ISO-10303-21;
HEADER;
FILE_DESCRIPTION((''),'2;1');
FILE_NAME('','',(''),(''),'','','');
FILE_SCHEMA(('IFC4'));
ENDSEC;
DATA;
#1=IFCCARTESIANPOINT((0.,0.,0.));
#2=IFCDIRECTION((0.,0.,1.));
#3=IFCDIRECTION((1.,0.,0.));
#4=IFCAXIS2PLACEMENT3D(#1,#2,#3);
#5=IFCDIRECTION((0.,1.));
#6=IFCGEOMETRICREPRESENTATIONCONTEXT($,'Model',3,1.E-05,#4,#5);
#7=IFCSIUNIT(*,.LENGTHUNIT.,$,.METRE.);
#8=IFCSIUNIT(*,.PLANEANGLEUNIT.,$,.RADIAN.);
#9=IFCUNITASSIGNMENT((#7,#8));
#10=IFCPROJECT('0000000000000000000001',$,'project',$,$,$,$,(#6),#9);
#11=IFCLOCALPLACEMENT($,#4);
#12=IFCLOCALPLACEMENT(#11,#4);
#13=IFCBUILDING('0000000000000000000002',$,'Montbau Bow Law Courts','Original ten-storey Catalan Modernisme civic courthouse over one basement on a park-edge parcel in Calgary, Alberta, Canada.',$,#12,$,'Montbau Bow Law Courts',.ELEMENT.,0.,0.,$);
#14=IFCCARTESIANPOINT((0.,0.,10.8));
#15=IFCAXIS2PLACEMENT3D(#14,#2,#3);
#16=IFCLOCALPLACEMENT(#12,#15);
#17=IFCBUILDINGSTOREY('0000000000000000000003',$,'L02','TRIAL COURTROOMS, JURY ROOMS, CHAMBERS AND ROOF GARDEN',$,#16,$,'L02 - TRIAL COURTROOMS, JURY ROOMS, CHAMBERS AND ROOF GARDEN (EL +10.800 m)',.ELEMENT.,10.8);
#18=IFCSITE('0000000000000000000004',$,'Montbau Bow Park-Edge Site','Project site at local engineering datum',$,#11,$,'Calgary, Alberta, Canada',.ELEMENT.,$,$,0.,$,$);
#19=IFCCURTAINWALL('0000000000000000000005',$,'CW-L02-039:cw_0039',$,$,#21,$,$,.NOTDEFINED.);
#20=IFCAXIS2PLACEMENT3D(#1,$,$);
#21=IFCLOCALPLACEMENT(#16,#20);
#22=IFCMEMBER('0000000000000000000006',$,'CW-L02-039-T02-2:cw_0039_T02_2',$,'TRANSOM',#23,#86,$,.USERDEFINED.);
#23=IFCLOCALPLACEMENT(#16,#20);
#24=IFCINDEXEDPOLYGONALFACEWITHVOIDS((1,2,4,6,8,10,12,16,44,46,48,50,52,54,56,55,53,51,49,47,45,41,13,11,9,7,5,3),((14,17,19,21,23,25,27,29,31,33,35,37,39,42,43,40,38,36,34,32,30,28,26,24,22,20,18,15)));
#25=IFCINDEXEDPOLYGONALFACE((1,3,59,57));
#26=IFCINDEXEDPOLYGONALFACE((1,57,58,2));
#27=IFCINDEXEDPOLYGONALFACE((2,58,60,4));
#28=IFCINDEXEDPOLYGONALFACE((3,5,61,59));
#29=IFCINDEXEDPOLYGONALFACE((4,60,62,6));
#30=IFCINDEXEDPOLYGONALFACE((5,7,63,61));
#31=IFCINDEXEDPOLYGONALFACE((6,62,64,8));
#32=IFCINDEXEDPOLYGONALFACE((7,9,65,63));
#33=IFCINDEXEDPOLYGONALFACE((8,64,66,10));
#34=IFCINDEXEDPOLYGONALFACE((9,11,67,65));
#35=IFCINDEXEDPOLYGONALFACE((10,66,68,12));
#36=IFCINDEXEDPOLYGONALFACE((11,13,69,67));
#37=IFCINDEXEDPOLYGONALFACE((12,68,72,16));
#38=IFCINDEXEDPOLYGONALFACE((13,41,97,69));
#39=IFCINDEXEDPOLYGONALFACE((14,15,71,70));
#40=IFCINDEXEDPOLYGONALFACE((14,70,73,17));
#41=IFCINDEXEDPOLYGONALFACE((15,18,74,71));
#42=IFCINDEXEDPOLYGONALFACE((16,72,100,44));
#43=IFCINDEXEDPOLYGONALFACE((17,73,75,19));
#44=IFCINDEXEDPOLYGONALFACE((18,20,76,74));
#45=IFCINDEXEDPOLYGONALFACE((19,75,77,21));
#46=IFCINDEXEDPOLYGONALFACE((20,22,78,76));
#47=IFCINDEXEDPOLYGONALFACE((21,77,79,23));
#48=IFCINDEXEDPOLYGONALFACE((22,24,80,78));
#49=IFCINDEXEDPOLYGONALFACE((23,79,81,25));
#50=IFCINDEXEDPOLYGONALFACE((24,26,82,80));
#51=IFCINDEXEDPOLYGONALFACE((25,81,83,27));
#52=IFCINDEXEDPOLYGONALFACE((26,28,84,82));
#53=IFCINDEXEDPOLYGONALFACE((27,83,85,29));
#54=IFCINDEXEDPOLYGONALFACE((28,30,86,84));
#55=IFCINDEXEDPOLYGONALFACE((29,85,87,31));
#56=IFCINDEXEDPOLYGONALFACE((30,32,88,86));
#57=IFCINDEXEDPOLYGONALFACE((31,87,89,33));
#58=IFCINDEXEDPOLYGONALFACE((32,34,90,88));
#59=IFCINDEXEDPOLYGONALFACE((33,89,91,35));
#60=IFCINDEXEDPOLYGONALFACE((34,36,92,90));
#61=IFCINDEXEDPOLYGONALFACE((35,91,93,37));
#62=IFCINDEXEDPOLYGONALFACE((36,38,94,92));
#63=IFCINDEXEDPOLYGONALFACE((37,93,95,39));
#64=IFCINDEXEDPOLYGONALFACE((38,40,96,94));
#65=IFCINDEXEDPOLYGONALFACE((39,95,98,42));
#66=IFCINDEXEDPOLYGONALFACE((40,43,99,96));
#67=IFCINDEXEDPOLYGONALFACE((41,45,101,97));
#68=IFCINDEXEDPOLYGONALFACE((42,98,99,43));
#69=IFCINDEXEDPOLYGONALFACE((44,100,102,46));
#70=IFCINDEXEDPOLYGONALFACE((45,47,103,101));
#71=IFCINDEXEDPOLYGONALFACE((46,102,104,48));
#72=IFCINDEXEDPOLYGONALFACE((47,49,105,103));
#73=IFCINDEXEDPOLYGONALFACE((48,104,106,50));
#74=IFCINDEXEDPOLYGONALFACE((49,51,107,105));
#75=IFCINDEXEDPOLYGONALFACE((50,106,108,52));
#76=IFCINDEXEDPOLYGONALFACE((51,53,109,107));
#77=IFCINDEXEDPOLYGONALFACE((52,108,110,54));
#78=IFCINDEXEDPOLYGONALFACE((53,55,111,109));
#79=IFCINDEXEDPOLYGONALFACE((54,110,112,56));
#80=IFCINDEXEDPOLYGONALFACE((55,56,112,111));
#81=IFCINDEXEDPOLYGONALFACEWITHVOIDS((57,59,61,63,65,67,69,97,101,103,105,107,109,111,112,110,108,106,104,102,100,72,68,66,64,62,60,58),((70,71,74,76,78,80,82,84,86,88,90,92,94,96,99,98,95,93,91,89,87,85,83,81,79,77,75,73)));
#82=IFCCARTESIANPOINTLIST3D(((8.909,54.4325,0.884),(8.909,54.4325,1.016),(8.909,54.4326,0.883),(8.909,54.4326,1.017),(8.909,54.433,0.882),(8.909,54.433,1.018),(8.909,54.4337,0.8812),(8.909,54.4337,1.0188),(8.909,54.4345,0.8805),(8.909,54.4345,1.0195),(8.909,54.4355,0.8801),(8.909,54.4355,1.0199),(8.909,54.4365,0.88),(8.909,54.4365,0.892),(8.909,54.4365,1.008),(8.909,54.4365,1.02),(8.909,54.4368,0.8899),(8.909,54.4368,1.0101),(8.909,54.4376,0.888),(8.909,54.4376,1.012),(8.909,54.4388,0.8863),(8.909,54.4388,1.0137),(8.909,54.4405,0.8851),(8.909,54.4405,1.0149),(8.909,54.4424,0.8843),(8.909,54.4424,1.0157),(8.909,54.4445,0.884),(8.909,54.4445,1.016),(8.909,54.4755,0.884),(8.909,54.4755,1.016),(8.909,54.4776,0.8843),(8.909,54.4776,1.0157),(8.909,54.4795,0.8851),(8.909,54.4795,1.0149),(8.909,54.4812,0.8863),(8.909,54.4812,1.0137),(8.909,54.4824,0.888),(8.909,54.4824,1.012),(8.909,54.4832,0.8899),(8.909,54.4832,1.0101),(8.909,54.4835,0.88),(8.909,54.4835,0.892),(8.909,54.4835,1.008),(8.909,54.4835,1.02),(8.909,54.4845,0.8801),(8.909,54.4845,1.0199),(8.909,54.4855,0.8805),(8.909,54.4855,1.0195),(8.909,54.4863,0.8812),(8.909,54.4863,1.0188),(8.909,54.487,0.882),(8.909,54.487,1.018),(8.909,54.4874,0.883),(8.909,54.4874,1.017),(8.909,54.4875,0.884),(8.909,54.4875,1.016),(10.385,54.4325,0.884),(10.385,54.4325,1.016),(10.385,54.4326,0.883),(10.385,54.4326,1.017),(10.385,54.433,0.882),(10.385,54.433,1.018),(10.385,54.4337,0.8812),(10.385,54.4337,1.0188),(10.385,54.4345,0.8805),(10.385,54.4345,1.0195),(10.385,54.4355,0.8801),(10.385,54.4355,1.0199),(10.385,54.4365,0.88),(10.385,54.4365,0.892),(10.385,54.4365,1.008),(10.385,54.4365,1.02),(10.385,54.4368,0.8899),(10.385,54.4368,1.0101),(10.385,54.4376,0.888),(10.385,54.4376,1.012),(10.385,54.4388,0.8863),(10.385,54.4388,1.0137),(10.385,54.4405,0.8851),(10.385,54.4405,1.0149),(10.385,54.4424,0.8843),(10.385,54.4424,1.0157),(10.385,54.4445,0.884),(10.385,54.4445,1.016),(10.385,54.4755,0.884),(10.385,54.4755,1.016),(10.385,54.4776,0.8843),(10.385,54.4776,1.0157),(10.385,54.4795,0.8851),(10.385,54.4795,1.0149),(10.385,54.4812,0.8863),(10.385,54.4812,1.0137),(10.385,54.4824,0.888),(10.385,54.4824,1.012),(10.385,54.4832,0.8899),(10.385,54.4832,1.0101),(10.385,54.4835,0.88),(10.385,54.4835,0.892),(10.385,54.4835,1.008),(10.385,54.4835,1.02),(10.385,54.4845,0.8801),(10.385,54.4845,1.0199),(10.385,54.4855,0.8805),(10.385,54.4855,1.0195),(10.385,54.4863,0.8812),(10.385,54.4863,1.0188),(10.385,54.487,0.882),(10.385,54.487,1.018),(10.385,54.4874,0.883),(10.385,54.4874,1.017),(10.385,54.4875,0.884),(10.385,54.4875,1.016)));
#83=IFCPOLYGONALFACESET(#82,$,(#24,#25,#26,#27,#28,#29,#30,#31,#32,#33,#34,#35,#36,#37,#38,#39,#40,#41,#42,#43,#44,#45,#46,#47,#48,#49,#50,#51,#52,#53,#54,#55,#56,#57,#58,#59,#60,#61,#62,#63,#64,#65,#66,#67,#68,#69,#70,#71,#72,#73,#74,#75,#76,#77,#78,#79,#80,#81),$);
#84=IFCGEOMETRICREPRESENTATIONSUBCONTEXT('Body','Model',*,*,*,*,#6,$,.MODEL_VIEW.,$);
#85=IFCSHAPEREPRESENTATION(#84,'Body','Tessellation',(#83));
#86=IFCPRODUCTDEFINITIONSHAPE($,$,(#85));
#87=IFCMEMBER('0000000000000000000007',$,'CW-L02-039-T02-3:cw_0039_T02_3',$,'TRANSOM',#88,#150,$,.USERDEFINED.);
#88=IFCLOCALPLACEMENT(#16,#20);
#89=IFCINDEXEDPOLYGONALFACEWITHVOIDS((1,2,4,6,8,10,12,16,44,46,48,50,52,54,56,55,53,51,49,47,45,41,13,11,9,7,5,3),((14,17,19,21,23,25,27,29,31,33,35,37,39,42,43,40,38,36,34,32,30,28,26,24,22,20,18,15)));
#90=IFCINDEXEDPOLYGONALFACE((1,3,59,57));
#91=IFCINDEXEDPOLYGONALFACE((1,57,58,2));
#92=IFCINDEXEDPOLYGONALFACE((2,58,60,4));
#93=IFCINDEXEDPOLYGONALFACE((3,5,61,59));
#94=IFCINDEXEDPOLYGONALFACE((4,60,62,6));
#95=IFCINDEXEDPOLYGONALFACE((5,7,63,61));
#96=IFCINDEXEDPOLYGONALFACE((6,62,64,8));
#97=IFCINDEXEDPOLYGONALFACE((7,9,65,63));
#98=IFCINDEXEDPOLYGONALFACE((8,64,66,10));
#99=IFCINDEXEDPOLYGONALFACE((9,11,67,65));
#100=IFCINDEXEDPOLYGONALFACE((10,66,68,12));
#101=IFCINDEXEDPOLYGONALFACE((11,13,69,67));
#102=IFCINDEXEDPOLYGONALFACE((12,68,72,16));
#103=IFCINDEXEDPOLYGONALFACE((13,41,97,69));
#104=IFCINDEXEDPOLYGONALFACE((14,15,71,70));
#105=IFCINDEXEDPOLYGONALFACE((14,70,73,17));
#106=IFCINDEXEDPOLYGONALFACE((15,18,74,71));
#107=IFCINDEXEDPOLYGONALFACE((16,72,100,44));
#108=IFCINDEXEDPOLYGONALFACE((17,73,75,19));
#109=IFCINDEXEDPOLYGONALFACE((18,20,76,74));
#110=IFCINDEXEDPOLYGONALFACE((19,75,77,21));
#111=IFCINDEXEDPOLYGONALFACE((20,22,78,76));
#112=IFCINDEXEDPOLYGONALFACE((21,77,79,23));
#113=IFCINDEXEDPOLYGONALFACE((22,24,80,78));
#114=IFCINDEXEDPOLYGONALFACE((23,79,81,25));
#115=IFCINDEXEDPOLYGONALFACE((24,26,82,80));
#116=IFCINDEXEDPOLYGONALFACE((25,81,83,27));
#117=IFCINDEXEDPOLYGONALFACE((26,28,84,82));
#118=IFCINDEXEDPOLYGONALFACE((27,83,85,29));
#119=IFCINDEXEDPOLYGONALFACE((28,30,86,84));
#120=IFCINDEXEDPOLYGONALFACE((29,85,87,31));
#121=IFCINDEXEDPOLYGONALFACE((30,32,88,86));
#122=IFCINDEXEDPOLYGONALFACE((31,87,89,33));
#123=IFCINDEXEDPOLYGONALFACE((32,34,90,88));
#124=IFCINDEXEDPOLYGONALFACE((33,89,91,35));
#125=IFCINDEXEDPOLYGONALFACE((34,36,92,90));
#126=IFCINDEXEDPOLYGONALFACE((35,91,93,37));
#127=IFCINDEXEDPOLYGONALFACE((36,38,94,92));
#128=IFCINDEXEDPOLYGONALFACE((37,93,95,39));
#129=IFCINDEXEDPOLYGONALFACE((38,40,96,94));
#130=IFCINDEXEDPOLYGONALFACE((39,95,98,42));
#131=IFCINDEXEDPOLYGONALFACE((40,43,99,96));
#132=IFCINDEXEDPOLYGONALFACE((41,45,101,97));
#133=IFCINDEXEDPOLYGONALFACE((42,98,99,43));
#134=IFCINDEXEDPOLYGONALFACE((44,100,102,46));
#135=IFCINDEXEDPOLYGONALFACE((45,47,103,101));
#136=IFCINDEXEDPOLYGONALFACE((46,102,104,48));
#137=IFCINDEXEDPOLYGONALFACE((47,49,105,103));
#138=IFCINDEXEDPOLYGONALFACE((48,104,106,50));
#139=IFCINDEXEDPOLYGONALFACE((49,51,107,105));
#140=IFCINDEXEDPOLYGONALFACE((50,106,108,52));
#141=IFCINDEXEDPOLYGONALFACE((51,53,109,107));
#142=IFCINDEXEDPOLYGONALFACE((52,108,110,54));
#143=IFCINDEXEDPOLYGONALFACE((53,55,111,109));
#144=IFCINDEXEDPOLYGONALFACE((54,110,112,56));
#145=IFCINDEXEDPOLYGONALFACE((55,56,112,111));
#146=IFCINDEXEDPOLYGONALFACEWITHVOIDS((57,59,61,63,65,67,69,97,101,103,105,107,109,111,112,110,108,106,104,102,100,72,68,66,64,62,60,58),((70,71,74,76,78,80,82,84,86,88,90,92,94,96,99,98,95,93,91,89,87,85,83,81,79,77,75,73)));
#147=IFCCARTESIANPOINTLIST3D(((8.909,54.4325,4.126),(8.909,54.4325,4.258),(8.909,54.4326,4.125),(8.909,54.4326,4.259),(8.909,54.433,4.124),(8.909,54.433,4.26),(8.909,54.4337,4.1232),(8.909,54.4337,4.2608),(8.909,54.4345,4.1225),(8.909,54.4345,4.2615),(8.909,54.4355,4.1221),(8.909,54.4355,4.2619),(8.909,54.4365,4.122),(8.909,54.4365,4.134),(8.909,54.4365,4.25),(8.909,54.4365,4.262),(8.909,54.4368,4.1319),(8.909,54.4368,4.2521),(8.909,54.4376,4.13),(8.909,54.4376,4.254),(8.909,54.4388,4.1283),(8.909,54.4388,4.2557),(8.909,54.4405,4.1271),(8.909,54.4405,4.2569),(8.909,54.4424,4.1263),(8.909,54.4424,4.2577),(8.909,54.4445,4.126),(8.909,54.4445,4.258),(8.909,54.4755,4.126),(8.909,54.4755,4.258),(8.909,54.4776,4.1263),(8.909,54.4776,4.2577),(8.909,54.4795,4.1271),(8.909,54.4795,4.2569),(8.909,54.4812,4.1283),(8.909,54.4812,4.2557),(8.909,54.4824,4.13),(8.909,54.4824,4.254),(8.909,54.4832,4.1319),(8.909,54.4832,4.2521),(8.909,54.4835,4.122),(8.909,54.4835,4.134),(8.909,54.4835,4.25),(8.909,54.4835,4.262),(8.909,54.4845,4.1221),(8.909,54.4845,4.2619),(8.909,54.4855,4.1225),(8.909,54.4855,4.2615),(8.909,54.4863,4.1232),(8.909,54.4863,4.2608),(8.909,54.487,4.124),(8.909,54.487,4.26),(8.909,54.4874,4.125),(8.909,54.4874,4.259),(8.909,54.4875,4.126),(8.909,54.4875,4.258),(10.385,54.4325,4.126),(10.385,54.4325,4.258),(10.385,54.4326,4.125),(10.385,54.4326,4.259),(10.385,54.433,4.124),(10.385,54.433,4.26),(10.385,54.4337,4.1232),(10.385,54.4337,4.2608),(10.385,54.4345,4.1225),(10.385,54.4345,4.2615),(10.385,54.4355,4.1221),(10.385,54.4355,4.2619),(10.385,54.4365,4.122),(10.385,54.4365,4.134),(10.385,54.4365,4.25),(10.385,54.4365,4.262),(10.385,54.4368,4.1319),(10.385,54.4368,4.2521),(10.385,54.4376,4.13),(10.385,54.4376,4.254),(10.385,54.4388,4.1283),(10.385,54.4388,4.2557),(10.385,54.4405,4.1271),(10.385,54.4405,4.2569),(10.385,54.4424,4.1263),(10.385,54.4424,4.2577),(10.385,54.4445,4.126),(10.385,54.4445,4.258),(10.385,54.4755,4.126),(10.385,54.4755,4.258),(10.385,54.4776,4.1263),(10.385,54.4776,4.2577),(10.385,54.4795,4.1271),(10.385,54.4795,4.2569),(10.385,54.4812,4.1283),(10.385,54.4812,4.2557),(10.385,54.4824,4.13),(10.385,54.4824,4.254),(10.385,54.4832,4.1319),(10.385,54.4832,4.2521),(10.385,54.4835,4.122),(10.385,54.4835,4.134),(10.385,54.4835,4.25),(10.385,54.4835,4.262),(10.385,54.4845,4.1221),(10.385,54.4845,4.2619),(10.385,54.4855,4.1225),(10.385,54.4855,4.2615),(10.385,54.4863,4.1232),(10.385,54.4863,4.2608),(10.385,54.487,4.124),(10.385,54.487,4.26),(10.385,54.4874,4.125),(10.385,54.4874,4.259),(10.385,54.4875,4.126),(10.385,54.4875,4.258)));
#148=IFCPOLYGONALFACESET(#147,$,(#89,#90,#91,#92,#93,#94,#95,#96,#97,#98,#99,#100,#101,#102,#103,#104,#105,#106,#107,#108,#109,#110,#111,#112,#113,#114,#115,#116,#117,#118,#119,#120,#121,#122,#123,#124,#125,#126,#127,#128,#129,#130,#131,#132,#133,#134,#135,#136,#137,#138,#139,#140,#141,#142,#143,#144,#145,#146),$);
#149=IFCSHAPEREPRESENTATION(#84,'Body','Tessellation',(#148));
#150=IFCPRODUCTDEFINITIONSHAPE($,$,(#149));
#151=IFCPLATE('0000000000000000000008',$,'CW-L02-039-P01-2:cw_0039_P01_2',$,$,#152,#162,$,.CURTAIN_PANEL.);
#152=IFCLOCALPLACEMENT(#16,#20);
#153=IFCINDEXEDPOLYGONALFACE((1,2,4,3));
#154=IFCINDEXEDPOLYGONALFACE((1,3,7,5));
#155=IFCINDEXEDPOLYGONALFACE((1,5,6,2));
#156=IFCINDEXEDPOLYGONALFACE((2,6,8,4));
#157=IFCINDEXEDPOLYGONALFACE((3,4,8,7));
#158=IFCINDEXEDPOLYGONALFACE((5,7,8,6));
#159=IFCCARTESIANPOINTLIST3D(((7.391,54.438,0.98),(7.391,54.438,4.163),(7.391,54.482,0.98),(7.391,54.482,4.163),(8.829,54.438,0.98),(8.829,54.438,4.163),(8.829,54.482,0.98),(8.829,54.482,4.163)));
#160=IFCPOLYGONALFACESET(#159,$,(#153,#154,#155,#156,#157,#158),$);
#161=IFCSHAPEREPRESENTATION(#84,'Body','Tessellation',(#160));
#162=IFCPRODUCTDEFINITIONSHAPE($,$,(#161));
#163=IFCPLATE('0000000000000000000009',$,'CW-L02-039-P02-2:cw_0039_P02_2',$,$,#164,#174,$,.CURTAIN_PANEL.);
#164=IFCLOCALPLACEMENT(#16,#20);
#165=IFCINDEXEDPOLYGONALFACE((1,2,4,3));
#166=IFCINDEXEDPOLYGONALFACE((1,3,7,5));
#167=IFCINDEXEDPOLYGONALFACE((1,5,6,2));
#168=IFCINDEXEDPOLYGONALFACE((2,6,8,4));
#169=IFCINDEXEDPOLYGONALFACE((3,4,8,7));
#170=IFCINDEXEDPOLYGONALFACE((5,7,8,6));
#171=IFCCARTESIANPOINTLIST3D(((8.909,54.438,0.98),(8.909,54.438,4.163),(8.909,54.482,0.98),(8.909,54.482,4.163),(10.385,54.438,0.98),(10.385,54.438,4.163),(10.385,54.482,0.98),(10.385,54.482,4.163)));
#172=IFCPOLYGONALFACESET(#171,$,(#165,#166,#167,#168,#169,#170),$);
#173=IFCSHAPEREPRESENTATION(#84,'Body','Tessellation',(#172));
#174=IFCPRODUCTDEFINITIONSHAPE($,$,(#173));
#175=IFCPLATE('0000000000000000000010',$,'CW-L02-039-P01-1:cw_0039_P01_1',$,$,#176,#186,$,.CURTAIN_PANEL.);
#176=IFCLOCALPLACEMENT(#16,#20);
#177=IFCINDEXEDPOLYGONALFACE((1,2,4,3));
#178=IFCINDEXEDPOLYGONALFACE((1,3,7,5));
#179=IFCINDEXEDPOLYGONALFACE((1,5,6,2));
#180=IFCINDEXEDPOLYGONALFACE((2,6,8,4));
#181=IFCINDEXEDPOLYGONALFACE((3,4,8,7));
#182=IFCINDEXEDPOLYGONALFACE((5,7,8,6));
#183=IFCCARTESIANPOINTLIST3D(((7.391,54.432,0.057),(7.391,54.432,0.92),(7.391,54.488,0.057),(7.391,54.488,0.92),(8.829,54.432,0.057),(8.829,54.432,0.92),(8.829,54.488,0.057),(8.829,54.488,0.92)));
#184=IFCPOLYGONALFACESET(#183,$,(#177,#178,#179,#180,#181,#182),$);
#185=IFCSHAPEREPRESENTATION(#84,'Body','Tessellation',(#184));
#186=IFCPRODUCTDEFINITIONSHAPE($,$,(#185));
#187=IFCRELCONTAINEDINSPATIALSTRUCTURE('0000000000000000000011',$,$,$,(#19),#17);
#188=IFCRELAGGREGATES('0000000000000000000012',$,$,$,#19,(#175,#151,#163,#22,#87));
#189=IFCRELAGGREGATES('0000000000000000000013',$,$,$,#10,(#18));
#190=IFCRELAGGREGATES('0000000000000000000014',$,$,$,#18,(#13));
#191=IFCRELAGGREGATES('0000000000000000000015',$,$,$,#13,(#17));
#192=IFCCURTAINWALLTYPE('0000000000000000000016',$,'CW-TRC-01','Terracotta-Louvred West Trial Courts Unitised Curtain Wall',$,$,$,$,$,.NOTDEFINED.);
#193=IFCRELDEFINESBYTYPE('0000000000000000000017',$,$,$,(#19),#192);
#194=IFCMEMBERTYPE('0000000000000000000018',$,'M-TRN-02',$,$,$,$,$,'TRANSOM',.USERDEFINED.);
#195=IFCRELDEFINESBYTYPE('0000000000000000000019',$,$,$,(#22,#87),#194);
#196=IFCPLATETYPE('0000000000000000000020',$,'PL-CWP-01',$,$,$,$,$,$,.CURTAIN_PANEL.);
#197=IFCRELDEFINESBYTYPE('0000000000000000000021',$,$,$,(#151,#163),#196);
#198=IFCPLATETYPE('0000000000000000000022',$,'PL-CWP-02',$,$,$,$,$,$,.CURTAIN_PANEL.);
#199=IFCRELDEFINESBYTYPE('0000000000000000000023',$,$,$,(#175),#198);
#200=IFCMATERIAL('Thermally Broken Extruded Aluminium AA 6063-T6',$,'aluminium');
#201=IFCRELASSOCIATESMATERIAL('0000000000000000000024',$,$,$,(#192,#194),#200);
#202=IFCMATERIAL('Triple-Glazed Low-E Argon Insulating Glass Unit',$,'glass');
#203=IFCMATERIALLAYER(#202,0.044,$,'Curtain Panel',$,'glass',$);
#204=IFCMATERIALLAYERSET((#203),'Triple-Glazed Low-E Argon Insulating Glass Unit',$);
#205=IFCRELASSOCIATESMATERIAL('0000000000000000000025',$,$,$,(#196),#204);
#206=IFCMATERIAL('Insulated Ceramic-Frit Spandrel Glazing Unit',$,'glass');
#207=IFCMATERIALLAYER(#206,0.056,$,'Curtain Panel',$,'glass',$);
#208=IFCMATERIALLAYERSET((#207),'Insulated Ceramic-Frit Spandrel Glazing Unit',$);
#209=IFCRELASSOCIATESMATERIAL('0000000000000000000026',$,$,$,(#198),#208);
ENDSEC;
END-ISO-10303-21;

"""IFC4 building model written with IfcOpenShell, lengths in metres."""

from ifc_helpers import new_model, si_unit, direction, frame, frame_2d, origin_with_axes, origin_2d_with_axis, place, context, subcontext, project, spatial, rectangle, hollow_rectangle, extrude, material, layer, layer_set, material_profile, profile_set, type_object, element, aggregate, save


model = new_model("IFC4")

# Units and contexts
model_context = context("Model", 3, precision=1e-05, world=origin_with_axes(), true_north=direction((0.0, 1.0)))
body_context = subcontext(model_context, "Body", "Model", "MODEL_VIEW")
ifc_project = project(units=[si_unit("LENGTHUNIT", "METRE"), si_unit("PLANEANGLEUNIT", "RADIAN")], contexts=[model_context])

# Site, building, storey
site_placement = place(None, origin_with_axes())
site = spatial("IfcSite", under=ifc_project, at=site_placement, Name="Montbau Bow Park-Edge Site", Description="Project site at local engineering datum", LongName="Calgary, Alberta, Canada", CompositionType="ELEMENT", RefElevation=0.0)
building_placement = place(site_placement, origin_with_axes())
building = spatial("IfcBuilding", under=site, at=building_placement, Name="Montbau Bow Law Courts", Description="Original ten-storey Catalan Modernisme civic courthouse over one basement on a park-edge parcel in Calgary, Alberta, Canada.", LongName="Montbau Bow Law Courts", CompositionType="ELEMENT", ElevationOfRefHeight=0.0, ElevationOfTerrain=0.0)
storey_placement = place(building_placement, frame((0.0, 0.0, 10.8), z_axis=(0.0, 0.0, 1.0), x_axis=(1.0, 0.0, 0.0)))
storey = spatial("IfcBuildingStorey", under=building, at=storey_placement, Name="L02", Description="TRIAL COURTROOMS, JURY ROOMS, CHAMBERS AND ROOF GARDEN", LongName="L02 - TRIAL COURTROOMS, JURY ROOMS, CHAMBERS AND ROOF GARDEN (EL +10.800 m)", CompositionType="ELEMENT", Elevation=10.8)

# Curtain wall
ifc_material_1 = material(Name="Thermally Broken Extruded Aluminium AA 6063-T6", Category="aluminium")
curtain_wall_type = type_object("IfcCurtainWallType", Name="CW-TRC-01", Description="Terracotta-Louvred West Trial Courts Unitised Curtain Wall", PredefinedType="NOTDEFINED", material=ifc_material_1)
curtain_wall_1_placement = place(None, frame((7.315, 54.46, 10.8), z_axis=(0.0, 0.0, 1.0), x_axis=(1.0, 0.0, 0.0)))
curtain_wall_1 = element("IfcCurtainWall", 1, at=curtain_wall_1_placement, inside=storey, type_object=curtain_wall_type, Name="CW-L02-039:cw_0039", PredefinedType="NOTDEFINED")

# Members
ifc_material_profile_1 = material_profile(ifc_material_1, hollow_rectangle(XDim=0.055, YDim=0.14, WallThickness=0.004, InnerFilletRadius=0.008, OuterFilletRadius=0.004, at=origin_2d_with_axis()), Name="CWT-140X55", Category="Main", Priority=0)
ifc_profile_set_1 = profile_set([ifc_material_profile_1], Name="Thermally Broken Extruded Aluminium AA 6063-T6")
member_type_1 = type_object("IfcMemberType", Name="M-TRN-02", ElementType="TRANSOM", PredefinedType="USERDEFINED", material=ifc_profile_set_1)
member_1_placement = place(None, frame((8.909, 54.46, 11.75), z_axis=(1.0, 0.0, 0.0), x_axis=(0.0, 1.0, 0.0)))
member_1 = element("IfcMember", 2, at=member_1_placement, type_object=member_type_1, Name="CW-L02-039-T02-2:cw_0039_T02_2", ObjectType="TRANSOM", PredefinedType="USERDEFINED", context=body_context, shape_type="SweptSolid", body=[
    extrude(hollow_rectangle(XDim=0.055, YDim=0.14, WallThickness=0.004, InnerFilletRadius=0.008, OuterFilletRadius=0.004, at=origin_2d_with_axis()), origin_with_axes(), (0.0, 0.0, 1.0), 1.476),
])
member_2_placement = place(None, frame((8.909, 54.46, 14.992), z_axis=(1.0, 0.0, 0.0), x_axis=(0.0, 1.0, 0.0)))
member_2 = element("IfcMember", 3, at=member_2_placement, type_object=member_type_1, Name="CW-L02-039-T02-3:cw_0039_T02_3", ObjectType="TRANSOM", PredefinedType="USERDEFINED", context=body_context, shape_type="SweptSolid", body=[
    extrude(hollow_rectangle(XDim=0.055, YDim=0.14, WallThickness=0.004, InnerFilletRadius=0.008, OuterFilletRadius=0.004, at=origin_2d_with_axis()), origin_with_axes(), (0.0, 0.0, 1.0), 1.476),
])

# Plates
ifc_material_2 = material(Name="Triple-Glazed Low-E Argon Insulating Glass Unit", Category="glass")
ifc_layer_1 = layer(ifc_material_2, 0.044, Name="Curtain Panel", Category="glass")
ifc_layer_set_1 = layer_set([ifc_layer_1], Name="Triple-Glazed Low-E Argon Insulating Glass Unit")
plate_type_1 = type_object("IfcPlateType", Name="PL-CWP-01", PredefinedType="CURTAIN_PANEL", material=ifc_layer_set_1)
plate_1_placement = place(None, frame((7.391, 54.46, 11.78), z_axis=(0.0, -1.0, 0.0), x_axis=(1.0, 0.0, 0.0)))
plate_1 = element("IfcPlate", 4, at=plate_1_placement, type_object=plate_type_1, Name="CW-L02-039-P01-2:cw_0039_P01_2", PredefinedType="CURTAIN_PANEL", context=body_context, shape_type="SweptSolid", body=[
    extrude(rectangle(XDim=1.438, YDim=3.183, at=frame_2d((0.719, 1.5915), x_axis=(1.0, 0.0))), frame((0.0, 0.0, -0.022), z_axis=(0.0, 0.0, 1.0), x_axis=(1.0, 0.0, 0.0)), (0.0, 0.0, 1.0), 0.044),
])
plate_2_placement = place(None, frame((8.909, 54.46, 11.78), z_axis=(0.0, -1.0, 0.0), x_axis=(1.0, 0.0, 0.0)))
plate_2 = element("IfcPlate", 5, at=plate_2_placement, type_object=plate_type_1, Name="CW-L02-039-P02-2:cw_0039_P02_2", PredefinedType="CURTAIN_PANEL", context=body_context, shape_type="SweptSolid", body=[
    extrude(rectangle(XDim=1.476, YDim=3.183, at=frame_2d((0.738, 1.5915), x_axis=(1.0, 0.0))), frame((0.0, 0.0, -0.022), z_axis=(0.0, 0.0, 1.0), x_axis=(1.0, 0.0, 0.0)), (0.0, 0.0, 1.0), 0.044),
])
ifc_material_3 = material(Name="Insulated Ceramic-Frit Spandrel Glazing Unit", Category="glass")
ifc_layer_2 = layer(ifc_material_3, 0.056, Name="Curtain Panel", Category="glass")
ifc_layer_set_2 = layer_set([ifc_layer_2], Name="Insulated Ceramic-Frit Spandrel Glazing Unit")
plate_type_2 = type_object("IfcPlateType", Name="PL-CWP-02", PredefinedType="CURTAIN_PANEL", material=ifc_layer_set_2)
plate_3_placement = place(None, frame((7.391, 54.46, 10.857), z_axis=(0.0, -1.0, 0.0), x_axis=(1.0, 0.0, 0.0)))
plate_3 = element("IfcPlate", 6, at=plate_3_placement, type_object=plate_type_2, Name="CW-L02-039-P01-1:cw_0039_P01_1", PredefinedType="CURTAIN_PANEL", context=body_context, shape_type="SweptSolid", body=[
    extrude(rectangle(XDim=1.438, YDim=0.863, at=frame_2d((0.719, 0.4315), x_axis=(1.0, 0.0))), frame((0.0, 0.0, -0.028), z_axis=(0.0, 0.0, 1.0), x_axis=(1.0, 0.0, 0.0)), (0.0, 0.0, 1.0), 0.056),
])
aggregate(curtain_wall_1, [plate_3, plate_1, plate_2, member_1, member_2])

save(model, "model.ifc")
